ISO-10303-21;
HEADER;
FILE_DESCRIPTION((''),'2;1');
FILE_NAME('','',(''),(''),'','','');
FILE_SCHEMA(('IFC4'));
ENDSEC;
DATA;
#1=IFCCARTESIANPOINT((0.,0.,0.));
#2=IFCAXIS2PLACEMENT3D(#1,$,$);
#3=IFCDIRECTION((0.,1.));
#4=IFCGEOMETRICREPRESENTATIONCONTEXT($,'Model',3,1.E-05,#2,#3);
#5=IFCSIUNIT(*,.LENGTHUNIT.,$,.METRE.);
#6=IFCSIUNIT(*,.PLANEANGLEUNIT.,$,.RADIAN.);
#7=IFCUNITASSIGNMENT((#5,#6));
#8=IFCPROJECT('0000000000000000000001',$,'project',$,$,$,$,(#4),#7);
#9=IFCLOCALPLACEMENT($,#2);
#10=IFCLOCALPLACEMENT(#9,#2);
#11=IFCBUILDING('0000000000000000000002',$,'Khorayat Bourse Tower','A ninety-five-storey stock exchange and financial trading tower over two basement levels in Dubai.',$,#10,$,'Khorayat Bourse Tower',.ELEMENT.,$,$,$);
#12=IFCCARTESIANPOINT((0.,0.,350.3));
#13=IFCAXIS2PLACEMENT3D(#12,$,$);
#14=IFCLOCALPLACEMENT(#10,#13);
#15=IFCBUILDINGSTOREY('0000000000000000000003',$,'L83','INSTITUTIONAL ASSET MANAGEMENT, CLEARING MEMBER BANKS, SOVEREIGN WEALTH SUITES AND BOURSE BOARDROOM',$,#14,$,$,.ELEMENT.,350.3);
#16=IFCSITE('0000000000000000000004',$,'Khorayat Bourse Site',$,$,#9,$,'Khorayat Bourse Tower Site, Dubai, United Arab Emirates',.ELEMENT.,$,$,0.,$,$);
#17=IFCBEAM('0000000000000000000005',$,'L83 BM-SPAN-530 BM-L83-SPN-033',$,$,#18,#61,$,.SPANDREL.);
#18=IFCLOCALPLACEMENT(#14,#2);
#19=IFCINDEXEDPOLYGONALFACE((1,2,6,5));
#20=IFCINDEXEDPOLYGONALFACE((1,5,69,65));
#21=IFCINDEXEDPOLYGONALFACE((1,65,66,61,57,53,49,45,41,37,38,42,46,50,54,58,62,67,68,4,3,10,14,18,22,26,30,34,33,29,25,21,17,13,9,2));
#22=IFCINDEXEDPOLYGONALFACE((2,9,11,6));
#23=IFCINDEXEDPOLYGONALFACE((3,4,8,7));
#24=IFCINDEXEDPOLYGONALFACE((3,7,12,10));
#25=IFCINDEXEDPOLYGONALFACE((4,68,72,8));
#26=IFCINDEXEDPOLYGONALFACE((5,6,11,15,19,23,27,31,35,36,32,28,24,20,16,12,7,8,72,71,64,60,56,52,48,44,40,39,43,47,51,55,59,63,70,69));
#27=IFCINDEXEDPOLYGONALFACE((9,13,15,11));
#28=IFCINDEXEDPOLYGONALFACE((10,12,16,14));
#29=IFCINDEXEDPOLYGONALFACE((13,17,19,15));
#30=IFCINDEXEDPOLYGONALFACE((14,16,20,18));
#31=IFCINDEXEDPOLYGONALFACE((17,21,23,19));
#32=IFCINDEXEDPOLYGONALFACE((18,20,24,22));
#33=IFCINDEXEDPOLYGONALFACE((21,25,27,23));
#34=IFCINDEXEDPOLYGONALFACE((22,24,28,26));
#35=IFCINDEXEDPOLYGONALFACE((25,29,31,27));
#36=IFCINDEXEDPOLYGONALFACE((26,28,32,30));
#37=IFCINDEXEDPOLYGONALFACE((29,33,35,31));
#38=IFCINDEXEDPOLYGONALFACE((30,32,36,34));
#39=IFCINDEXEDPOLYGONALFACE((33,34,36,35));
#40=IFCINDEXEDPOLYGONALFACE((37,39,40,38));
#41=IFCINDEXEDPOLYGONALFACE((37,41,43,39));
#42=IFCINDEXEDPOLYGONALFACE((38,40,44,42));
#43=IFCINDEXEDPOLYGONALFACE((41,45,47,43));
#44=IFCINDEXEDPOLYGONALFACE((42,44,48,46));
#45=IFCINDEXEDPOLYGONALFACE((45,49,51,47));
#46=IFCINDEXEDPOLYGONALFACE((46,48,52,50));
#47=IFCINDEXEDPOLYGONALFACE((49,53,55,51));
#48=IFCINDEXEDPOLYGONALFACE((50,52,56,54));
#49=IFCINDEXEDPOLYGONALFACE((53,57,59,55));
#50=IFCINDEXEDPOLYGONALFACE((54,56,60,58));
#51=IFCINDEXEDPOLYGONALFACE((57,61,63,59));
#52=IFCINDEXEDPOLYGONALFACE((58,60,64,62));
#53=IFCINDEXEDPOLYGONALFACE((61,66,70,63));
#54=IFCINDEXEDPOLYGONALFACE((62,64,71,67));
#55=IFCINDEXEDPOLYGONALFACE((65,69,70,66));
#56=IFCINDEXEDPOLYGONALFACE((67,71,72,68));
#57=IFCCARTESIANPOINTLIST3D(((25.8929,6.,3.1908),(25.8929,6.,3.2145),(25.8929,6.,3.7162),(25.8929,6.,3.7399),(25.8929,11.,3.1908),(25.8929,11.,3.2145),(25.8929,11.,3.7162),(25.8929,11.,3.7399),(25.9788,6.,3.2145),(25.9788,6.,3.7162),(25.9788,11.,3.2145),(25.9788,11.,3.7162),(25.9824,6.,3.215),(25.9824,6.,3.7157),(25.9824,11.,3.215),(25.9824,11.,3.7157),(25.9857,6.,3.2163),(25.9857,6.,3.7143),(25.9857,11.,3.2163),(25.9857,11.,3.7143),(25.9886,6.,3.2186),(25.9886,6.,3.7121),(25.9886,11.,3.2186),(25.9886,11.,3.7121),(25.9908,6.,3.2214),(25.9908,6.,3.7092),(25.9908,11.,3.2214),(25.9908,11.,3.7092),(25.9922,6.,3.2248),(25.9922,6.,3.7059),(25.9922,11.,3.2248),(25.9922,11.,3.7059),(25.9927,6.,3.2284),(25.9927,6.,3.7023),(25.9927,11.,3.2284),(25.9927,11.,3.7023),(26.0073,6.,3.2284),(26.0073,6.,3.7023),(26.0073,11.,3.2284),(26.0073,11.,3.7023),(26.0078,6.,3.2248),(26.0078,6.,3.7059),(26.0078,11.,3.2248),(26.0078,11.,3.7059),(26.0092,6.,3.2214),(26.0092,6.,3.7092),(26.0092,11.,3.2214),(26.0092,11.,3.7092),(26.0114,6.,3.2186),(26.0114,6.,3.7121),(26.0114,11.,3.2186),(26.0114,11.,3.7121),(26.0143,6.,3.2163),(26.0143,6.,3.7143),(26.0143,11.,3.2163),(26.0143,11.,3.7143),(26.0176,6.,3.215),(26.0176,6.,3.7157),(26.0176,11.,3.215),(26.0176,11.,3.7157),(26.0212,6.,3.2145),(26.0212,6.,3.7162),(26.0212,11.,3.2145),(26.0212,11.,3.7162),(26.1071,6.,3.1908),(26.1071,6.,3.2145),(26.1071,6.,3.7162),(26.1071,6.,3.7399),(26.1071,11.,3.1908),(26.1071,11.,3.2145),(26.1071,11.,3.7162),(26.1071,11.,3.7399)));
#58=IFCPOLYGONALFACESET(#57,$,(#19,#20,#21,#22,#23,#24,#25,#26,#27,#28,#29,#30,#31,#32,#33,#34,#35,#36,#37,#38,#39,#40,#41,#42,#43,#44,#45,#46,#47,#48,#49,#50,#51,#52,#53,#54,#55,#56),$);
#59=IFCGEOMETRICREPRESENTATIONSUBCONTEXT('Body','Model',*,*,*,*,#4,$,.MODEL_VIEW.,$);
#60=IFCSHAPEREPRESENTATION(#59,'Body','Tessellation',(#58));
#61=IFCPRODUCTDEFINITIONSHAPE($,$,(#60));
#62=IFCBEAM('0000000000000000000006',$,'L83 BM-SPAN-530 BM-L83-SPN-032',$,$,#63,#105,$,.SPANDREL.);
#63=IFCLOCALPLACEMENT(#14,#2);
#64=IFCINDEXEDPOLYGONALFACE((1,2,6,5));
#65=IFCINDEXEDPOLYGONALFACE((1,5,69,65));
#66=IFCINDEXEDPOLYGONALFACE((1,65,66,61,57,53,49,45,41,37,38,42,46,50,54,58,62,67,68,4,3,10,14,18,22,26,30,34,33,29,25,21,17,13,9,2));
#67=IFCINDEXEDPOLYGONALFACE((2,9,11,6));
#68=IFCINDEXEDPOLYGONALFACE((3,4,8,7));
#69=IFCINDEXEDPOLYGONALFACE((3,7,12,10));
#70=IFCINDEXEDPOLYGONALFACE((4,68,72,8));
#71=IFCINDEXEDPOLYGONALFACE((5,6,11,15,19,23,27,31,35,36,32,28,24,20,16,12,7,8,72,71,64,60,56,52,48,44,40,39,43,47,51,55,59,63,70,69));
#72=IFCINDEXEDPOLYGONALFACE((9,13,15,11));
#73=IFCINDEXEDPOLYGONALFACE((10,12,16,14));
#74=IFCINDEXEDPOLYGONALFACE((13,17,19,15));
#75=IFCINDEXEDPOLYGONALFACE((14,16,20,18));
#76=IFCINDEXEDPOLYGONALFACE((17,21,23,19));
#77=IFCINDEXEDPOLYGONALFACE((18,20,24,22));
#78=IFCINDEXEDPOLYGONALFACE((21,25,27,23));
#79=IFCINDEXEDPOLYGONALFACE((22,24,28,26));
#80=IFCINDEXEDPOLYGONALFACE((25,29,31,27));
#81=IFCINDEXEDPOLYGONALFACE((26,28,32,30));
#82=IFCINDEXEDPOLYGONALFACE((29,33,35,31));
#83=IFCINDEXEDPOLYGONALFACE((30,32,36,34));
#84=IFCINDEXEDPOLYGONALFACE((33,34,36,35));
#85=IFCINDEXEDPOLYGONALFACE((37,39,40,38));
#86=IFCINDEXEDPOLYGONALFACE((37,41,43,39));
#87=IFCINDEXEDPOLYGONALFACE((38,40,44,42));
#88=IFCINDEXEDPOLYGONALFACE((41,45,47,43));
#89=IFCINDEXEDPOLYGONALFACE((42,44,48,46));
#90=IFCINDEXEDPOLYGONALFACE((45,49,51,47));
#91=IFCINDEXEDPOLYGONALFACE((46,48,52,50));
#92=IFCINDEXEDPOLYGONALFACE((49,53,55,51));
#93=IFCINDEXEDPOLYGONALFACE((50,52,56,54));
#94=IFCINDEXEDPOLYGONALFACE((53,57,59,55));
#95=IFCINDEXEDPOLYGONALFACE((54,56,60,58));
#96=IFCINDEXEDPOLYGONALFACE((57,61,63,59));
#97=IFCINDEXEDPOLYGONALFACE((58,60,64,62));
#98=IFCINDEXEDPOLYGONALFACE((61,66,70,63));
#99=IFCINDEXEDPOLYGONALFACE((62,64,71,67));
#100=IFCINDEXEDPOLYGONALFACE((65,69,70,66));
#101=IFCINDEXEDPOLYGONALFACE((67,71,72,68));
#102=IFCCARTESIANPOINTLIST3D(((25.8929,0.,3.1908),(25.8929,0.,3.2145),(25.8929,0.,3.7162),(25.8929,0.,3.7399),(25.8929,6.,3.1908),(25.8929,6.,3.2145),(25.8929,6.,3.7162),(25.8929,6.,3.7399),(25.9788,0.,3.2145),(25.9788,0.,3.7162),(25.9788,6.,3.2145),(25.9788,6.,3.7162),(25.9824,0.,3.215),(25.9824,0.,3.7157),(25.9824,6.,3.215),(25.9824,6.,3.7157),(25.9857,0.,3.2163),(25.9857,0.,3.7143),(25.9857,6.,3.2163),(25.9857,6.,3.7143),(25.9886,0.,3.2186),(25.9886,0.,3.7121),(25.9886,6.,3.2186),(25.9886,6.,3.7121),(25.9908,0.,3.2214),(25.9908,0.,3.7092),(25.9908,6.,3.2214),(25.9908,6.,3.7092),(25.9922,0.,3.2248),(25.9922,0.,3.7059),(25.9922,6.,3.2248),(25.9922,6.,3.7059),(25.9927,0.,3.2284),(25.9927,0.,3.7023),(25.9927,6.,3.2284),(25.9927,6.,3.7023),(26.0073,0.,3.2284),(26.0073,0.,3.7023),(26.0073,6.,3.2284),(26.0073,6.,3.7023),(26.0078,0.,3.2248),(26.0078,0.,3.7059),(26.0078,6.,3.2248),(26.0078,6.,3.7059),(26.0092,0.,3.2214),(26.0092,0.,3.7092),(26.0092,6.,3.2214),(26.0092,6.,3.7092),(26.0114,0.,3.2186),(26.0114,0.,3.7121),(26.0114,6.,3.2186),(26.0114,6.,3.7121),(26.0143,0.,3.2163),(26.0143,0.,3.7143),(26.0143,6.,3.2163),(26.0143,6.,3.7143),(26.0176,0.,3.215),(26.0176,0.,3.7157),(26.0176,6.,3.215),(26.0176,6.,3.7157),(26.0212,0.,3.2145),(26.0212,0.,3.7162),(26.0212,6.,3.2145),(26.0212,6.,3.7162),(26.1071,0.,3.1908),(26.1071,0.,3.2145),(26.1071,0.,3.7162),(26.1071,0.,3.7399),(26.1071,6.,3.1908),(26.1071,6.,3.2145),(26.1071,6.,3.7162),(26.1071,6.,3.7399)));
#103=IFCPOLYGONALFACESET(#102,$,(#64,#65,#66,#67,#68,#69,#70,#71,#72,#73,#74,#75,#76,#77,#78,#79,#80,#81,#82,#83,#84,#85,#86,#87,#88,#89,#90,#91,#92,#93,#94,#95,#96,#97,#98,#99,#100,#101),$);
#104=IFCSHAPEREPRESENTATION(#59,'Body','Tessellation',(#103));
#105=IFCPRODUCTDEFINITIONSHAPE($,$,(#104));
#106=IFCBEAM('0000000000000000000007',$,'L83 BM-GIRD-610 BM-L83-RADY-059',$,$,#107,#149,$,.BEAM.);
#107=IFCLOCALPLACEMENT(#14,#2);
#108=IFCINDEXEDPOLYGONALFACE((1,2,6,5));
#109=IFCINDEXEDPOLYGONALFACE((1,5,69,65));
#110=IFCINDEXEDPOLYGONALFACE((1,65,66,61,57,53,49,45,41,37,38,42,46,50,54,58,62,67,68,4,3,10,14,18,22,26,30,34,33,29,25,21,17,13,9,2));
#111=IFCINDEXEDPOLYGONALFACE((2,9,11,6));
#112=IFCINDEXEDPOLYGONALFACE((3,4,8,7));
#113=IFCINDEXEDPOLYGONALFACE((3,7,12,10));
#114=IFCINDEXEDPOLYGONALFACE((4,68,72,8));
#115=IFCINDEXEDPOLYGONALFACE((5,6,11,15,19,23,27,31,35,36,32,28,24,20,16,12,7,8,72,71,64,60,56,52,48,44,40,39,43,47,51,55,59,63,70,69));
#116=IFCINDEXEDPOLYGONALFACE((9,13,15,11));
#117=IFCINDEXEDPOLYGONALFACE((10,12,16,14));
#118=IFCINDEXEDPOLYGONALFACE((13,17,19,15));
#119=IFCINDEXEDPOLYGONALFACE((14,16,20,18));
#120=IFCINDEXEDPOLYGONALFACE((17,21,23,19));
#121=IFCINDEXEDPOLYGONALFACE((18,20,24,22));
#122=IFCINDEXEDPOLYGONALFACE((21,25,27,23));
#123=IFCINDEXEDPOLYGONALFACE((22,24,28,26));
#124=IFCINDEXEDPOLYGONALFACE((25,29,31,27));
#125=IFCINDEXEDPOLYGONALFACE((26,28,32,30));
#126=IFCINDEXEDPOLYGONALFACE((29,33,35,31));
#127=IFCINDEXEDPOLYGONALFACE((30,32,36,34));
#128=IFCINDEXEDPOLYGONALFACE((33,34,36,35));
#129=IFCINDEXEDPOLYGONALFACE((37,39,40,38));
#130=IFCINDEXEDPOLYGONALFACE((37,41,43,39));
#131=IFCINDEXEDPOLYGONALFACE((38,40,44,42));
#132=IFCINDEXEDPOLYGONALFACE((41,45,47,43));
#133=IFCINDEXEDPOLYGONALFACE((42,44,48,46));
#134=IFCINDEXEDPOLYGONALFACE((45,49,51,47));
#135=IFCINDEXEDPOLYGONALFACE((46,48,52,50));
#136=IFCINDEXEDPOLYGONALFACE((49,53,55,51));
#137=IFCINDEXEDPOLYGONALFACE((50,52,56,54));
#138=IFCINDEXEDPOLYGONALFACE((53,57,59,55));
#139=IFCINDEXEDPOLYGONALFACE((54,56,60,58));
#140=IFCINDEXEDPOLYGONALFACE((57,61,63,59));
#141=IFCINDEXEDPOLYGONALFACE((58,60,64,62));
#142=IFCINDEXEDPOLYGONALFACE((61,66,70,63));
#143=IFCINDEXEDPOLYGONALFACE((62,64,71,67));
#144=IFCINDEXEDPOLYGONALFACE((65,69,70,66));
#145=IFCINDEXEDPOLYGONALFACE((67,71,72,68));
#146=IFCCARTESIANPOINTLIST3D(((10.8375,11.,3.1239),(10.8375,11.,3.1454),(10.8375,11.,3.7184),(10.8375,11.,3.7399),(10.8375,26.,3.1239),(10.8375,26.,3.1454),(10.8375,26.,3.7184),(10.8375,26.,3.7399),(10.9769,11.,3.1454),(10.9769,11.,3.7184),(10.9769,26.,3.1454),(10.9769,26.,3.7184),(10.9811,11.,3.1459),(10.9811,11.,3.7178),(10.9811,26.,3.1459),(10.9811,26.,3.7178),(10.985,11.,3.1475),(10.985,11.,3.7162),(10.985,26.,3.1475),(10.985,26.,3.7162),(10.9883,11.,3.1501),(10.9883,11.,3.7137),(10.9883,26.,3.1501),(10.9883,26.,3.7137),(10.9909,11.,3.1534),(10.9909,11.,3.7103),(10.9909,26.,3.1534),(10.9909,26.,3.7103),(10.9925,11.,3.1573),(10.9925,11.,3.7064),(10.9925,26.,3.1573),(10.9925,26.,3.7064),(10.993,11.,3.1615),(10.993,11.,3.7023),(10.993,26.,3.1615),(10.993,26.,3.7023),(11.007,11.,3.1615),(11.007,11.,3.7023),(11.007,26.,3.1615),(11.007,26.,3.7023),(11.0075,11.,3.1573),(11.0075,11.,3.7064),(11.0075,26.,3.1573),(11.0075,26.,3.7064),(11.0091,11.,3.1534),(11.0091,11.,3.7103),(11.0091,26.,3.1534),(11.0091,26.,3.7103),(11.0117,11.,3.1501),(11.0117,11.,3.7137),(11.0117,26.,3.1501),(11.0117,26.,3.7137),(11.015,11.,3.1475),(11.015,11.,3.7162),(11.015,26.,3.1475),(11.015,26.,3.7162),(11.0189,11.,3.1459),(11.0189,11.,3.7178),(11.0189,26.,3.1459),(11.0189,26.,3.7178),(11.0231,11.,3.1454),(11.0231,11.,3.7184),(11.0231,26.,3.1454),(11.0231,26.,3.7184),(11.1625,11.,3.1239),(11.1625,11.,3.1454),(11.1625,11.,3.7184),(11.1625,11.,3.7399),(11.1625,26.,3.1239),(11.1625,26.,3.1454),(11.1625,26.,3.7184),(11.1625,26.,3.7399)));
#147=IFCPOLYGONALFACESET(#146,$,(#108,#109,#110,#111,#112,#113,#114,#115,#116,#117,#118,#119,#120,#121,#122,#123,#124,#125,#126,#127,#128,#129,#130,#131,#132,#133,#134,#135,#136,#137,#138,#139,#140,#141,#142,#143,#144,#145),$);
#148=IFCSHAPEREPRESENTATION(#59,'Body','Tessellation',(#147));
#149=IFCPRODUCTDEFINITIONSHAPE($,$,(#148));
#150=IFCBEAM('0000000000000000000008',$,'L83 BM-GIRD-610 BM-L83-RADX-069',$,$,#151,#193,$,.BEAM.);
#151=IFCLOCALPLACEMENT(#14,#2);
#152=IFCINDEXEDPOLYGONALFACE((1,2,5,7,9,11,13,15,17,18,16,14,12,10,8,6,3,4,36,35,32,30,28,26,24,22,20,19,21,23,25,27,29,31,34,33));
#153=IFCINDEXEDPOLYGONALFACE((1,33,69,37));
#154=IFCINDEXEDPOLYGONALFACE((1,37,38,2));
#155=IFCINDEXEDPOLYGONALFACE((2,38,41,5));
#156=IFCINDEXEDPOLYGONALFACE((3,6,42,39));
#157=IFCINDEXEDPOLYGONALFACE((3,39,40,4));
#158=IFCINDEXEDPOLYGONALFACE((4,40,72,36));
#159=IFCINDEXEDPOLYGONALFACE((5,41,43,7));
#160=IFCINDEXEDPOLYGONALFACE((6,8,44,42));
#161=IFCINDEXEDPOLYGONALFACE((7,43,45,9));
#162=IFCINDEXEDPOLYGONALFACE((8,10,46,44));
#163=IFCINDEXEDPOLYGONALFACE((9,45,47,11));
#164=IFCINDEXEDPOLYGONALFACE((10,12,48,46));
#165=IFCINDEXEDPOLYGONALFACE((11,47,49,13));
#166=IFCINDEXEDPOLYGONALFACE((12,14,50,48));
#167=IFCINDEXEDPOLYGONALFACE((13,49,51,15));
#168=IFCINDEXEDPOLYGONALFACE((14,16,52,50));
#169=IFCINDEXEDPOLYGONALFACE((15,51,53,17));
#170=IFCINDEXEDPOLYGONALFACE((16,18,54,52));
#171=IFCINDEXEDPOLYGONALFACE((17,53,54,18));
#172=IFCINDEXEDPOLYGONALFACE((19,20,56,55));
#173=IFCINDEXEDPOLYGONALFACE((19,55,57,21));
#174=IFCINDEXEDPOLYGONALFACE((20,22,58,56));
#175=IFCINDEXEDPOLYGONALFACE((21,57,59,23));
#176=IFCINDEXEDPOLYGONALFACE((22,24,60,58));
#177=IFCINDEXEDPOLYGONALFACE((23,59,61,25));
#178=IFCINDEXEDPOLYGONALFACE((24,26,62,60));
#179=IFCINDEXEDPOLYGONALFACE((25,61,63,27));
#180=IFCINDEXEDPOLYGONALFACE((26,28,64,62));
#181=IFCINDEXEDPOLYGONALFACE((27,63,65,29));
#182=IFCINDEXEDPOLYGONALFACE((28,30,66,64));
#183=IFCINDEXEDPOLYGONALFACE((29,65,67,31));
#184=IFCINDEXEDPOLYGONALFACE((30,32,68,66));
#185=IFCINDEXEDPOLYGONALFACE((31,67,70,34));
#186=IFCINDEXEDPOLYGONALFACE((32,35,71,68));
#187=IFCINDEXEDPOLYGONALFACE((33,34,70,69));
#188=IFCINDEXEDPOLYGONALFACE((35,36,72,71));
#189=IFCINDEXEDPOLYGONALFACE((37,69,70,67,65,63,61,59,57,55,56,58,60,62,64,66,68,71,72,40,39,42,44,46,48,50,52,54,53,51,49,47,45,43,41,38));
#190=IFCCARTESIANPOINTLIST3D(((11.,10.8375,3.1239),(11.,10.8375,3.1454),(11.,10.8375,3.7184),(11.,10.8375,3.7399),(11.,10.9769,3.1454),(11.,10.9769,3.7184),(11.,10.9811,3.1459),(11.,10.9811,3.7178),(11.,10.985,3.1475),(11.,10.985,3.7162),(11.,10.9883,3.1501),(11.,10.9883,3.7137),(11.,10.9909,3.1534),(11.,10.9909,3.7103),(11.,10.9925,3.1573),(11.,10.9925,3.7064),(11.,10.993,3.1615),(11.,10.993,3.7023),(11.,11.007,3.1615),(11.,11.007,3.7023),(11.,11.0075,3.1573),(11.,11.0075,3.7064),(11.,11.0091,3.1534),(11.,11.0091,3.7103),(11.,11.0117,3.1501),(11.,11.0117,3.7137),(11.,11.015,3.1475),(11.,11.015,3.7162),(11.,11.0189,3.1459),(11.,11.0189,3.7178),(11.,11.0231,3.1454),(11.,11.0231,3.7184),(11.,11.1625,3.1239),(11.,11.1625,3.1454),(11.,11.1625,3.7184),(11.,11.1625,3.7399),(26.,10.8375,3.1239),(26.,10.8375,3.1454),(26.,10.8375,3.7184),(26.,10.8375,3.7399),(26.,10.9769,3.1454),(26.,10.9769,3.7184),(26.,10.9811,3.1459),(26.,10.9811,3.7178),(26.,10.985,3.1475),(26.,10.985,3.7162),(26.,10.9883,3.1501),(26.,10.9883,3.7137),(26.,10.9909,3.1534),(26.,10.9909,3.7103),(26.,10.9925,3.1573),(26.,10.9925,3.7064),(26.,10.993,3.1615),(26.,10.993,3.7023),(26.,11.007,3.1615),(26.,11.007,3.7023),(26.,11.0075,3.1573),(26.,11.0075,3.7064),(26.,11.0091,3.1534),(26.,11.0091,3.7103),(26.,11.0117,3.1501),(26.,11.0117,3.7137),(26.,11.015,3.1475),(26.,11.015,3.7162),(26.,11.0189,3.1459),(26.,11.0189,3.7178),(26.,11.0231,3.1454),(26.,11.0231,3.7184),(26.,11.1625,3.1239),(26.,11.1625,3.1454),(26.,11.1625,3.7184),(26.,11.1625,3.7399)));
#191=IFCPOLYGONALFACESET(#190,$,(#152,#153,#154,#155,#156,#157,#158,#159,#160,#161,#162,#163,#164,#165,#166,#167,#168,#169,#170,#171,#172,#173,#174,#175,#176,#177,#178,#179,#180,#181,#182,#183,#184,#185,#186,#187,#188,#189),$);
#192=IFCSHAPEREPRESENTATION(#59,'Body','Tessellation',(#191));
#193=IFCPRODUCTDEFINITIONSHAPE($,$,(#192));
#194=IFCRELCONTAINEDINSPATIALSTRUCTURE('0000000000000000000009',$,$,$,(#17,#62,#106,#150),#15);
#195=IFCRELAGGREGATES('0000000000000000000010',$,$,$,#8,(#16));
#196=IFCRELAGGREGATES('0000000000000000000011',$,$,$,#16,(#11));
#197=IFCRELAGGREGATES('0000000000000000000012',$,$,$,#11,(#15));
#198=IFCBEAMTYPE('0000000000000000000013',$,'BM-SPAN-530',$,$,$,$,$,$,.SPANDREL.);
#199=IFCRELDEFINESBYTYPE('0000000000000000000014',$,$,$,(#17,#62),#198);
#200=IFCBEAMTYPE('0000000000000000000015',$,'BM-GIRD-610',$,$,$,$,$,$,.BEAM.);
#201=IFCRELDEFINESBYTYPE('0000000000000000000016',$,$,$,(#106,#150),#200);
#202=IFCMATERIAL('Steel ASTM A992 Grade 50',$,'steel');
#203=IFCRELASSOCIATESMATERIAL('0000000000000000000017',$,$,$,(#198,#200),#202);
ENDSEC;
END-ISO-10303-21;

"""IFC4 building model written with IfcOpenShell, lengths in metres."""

from ifc_helpers import new_model, si_unit, direction, frame, origin, origin_2d, place, context, subcontext, project, spatial, i_section, extrude, source, transform, mapped, material, material_profile, profile_set, type_object, element, save


model = new_model("IFC4")

# Units and contexts
model_context = context("Model", 3, precision=1e-05, world=origin(), true_north=direction((0.0, 1.0)))
body_context = subcontext(model_context, "Body", "Model", "MODEL_VIEW")
ifc_project = project(units=[si_unit("LENGTHUNIT", "METRE"), si_unit("PLANEANGLEUNIT", "RADIAN")], contexts=[model_context])

# Site, building, storey
site_placement = place(None, origin())
site = spatial("IfcSite", under=ifc_project, at=site_placement, Name="Khorayat Bourse Site", LongName="Khorayat Bourse Tower Site, Dubai, United Arab Emirates", CompositionType="ELEMENT", RefElevation=0.0)
building_placement = place(site_placement, origin())
building = spatial("IfcBuilding", under=site, at=building_placement, Name="Khorayat Bourse Tower", Description="A ninety-five-storey stock exchange and financial trading tower over two basement levels in Dubai.", LongName="Khorayat Bourse Tower", CompositionType="ELEMENT")
storey_placement = place(building_placement, frame((0.0, 0.0, 350.3)))
storey = spatial("IfcBuildingStorey", under=building, at=storey_placement, Name="L83", Description="INSTITUTIONAL ASSET MANAGEMENT, CLEARING MEMBER BANKS, SOVEREIGN WEALTH SUITES AND BOURSE BOARDROOM", CompositionType="ELEMENT", Elevation=350.3)

# Beams
ifc_material_1 = material(Name="Steel ASTM A992 Grade 50", Category="steel")
ifc_material_profile_1 = material_profile(ifc_material_1, i_section(OverallWidth=0.2141, OverallDepth=0.5491, WebThickness=0.0146, FlangeThickness=0.0237, FilletRadius=0.0139, at=origin_2d()), Name="W530X138")
ifc_profile_set_1 = profile_set([ifc_material_profile_1], Name="Steel ASTM A992 Grade 50")
beam_type_1 = type_object("IfcBeamType", Name="BM-SPAN-530", PredefinedType="SPANDREL", material=ifc_profile_set_1)
shared_shape_1 = source(origin(), body_context, "Body", "SweptSolid", [
    extrude(i_section(OverallWidth=0.2141, OverallDepth=0.5491, WebThickness=0.0146, FlangeThickness=0.0237, FilletRadius=0.0139, at=origin_2d()), origin(), (0.0, 0.0, 1.0), 5.0),
])
beam_1_placement = place(storey_placement, frame((26.0, 6.0, 3.4653), z_axis=(0.0, 1.0, 0.0), x_axis=(-1.0, 0.0, 0.0)))
element("IfcBeam", 1, at=beam_1_placement, inside=storey, type_object=beam_type_1, Name="L83 BM-SPAN-530 BM-L83-SPN-033", PredefinedType="SPANDREL", context=body_context, shape_type="MappedRepresentation", body=[
    mapped(shared_shape_1, transform((0.0, 0.0, 0.0), scale=1.0)),
])
shared_shape_2 = source(origin(), body_context, "Body", "SweptSolid", [
    extrude(i_section(OverallWidth=0.2141, OverallDepth=0.5491, WebThickness=0.0146, FlangeThickness=0.0237, FilletRadius=0.0139, at=origin_2d()), origin(), (0.0, 0.0, 1.0), 6.0),
])
beam_2_placement = place(storey_placement, frame((26.0, 0.0, 3.4653), z_axis=(0.0, 1.0, 0.0), x_axis=(-1.0, 0.0, 0.0)))
element("IfcBeam", 2, at=beam_2_placement, inside=storey, type_object=beam_type_1, Name="L83 BM-SPAN-530 BM-L83-SPN-032", PredefinedType="SPANDREL", context=body_context, shape_type="MappedRepresentation", body=[
    mapped(shared_shape_2, transform((0.0, 0.0, 0.0), scale=1.0)),
])
ifc_material_profile_2 = material_profile(ifc_material_1, i_section(OverallWidth=0.325, OverallDepth=0.616, WebThickness=0.0139, FlangeThickness=0.0215, FilletRadius=0.0161, at=origin_2d()), Name="W610X174")
ifc_profile_set_2 = profile_set([ifc_material_profile_2], Name="Steel ASTM A992 Grade 50")
beam_type_2 = type_object("IfcBeamType", Name="BM-GIRD-610", PredefinedType="BEAM", material=ifc_profile_set_2)
shared_shape_3 = source(origin(), body_context, "Body", "SweptSolid", [
    extrude(i_section(OverallWidth=0.325, OverallDepth=0.616, WebThickness=0.0139, FlangeThickness=0.0215, FilletRadius=0.0161, at=origin_2d()), origin(), (0.0, 0.0, 1.0), 15.0),
])
for number, where, z_axis, x_axis, name in (
    (3, (11.0, 11.0, 3.4319), (0.0, 1.0, 0.0), (-1.0, 0.0, 0.0), "L83 BM-GIRD-610 BM-L83-RADY-059"),
    (4, (11.0, 11.0, 3.4319), (1.0, 0.0, 0.0), (0.0, 1.0, 0.0), "L83 BM-GIRD-610 BM-L83-RADX-069"),
):
    element("IfcBeam", number, at=place(storey_placement, frame(where, z_axis=z_axis, x_axis=x_axis)), inside=storey, type_object=beam_type_2, Name=name, PredefinedType="BEAM", context=body_context, shape_type="MappedRepresentation", body=[
        mapped(shared_shape_3, transform((0.0, 0.0, 0.0), scale=1.0)),
    ])

save(model, "model.ifc")
